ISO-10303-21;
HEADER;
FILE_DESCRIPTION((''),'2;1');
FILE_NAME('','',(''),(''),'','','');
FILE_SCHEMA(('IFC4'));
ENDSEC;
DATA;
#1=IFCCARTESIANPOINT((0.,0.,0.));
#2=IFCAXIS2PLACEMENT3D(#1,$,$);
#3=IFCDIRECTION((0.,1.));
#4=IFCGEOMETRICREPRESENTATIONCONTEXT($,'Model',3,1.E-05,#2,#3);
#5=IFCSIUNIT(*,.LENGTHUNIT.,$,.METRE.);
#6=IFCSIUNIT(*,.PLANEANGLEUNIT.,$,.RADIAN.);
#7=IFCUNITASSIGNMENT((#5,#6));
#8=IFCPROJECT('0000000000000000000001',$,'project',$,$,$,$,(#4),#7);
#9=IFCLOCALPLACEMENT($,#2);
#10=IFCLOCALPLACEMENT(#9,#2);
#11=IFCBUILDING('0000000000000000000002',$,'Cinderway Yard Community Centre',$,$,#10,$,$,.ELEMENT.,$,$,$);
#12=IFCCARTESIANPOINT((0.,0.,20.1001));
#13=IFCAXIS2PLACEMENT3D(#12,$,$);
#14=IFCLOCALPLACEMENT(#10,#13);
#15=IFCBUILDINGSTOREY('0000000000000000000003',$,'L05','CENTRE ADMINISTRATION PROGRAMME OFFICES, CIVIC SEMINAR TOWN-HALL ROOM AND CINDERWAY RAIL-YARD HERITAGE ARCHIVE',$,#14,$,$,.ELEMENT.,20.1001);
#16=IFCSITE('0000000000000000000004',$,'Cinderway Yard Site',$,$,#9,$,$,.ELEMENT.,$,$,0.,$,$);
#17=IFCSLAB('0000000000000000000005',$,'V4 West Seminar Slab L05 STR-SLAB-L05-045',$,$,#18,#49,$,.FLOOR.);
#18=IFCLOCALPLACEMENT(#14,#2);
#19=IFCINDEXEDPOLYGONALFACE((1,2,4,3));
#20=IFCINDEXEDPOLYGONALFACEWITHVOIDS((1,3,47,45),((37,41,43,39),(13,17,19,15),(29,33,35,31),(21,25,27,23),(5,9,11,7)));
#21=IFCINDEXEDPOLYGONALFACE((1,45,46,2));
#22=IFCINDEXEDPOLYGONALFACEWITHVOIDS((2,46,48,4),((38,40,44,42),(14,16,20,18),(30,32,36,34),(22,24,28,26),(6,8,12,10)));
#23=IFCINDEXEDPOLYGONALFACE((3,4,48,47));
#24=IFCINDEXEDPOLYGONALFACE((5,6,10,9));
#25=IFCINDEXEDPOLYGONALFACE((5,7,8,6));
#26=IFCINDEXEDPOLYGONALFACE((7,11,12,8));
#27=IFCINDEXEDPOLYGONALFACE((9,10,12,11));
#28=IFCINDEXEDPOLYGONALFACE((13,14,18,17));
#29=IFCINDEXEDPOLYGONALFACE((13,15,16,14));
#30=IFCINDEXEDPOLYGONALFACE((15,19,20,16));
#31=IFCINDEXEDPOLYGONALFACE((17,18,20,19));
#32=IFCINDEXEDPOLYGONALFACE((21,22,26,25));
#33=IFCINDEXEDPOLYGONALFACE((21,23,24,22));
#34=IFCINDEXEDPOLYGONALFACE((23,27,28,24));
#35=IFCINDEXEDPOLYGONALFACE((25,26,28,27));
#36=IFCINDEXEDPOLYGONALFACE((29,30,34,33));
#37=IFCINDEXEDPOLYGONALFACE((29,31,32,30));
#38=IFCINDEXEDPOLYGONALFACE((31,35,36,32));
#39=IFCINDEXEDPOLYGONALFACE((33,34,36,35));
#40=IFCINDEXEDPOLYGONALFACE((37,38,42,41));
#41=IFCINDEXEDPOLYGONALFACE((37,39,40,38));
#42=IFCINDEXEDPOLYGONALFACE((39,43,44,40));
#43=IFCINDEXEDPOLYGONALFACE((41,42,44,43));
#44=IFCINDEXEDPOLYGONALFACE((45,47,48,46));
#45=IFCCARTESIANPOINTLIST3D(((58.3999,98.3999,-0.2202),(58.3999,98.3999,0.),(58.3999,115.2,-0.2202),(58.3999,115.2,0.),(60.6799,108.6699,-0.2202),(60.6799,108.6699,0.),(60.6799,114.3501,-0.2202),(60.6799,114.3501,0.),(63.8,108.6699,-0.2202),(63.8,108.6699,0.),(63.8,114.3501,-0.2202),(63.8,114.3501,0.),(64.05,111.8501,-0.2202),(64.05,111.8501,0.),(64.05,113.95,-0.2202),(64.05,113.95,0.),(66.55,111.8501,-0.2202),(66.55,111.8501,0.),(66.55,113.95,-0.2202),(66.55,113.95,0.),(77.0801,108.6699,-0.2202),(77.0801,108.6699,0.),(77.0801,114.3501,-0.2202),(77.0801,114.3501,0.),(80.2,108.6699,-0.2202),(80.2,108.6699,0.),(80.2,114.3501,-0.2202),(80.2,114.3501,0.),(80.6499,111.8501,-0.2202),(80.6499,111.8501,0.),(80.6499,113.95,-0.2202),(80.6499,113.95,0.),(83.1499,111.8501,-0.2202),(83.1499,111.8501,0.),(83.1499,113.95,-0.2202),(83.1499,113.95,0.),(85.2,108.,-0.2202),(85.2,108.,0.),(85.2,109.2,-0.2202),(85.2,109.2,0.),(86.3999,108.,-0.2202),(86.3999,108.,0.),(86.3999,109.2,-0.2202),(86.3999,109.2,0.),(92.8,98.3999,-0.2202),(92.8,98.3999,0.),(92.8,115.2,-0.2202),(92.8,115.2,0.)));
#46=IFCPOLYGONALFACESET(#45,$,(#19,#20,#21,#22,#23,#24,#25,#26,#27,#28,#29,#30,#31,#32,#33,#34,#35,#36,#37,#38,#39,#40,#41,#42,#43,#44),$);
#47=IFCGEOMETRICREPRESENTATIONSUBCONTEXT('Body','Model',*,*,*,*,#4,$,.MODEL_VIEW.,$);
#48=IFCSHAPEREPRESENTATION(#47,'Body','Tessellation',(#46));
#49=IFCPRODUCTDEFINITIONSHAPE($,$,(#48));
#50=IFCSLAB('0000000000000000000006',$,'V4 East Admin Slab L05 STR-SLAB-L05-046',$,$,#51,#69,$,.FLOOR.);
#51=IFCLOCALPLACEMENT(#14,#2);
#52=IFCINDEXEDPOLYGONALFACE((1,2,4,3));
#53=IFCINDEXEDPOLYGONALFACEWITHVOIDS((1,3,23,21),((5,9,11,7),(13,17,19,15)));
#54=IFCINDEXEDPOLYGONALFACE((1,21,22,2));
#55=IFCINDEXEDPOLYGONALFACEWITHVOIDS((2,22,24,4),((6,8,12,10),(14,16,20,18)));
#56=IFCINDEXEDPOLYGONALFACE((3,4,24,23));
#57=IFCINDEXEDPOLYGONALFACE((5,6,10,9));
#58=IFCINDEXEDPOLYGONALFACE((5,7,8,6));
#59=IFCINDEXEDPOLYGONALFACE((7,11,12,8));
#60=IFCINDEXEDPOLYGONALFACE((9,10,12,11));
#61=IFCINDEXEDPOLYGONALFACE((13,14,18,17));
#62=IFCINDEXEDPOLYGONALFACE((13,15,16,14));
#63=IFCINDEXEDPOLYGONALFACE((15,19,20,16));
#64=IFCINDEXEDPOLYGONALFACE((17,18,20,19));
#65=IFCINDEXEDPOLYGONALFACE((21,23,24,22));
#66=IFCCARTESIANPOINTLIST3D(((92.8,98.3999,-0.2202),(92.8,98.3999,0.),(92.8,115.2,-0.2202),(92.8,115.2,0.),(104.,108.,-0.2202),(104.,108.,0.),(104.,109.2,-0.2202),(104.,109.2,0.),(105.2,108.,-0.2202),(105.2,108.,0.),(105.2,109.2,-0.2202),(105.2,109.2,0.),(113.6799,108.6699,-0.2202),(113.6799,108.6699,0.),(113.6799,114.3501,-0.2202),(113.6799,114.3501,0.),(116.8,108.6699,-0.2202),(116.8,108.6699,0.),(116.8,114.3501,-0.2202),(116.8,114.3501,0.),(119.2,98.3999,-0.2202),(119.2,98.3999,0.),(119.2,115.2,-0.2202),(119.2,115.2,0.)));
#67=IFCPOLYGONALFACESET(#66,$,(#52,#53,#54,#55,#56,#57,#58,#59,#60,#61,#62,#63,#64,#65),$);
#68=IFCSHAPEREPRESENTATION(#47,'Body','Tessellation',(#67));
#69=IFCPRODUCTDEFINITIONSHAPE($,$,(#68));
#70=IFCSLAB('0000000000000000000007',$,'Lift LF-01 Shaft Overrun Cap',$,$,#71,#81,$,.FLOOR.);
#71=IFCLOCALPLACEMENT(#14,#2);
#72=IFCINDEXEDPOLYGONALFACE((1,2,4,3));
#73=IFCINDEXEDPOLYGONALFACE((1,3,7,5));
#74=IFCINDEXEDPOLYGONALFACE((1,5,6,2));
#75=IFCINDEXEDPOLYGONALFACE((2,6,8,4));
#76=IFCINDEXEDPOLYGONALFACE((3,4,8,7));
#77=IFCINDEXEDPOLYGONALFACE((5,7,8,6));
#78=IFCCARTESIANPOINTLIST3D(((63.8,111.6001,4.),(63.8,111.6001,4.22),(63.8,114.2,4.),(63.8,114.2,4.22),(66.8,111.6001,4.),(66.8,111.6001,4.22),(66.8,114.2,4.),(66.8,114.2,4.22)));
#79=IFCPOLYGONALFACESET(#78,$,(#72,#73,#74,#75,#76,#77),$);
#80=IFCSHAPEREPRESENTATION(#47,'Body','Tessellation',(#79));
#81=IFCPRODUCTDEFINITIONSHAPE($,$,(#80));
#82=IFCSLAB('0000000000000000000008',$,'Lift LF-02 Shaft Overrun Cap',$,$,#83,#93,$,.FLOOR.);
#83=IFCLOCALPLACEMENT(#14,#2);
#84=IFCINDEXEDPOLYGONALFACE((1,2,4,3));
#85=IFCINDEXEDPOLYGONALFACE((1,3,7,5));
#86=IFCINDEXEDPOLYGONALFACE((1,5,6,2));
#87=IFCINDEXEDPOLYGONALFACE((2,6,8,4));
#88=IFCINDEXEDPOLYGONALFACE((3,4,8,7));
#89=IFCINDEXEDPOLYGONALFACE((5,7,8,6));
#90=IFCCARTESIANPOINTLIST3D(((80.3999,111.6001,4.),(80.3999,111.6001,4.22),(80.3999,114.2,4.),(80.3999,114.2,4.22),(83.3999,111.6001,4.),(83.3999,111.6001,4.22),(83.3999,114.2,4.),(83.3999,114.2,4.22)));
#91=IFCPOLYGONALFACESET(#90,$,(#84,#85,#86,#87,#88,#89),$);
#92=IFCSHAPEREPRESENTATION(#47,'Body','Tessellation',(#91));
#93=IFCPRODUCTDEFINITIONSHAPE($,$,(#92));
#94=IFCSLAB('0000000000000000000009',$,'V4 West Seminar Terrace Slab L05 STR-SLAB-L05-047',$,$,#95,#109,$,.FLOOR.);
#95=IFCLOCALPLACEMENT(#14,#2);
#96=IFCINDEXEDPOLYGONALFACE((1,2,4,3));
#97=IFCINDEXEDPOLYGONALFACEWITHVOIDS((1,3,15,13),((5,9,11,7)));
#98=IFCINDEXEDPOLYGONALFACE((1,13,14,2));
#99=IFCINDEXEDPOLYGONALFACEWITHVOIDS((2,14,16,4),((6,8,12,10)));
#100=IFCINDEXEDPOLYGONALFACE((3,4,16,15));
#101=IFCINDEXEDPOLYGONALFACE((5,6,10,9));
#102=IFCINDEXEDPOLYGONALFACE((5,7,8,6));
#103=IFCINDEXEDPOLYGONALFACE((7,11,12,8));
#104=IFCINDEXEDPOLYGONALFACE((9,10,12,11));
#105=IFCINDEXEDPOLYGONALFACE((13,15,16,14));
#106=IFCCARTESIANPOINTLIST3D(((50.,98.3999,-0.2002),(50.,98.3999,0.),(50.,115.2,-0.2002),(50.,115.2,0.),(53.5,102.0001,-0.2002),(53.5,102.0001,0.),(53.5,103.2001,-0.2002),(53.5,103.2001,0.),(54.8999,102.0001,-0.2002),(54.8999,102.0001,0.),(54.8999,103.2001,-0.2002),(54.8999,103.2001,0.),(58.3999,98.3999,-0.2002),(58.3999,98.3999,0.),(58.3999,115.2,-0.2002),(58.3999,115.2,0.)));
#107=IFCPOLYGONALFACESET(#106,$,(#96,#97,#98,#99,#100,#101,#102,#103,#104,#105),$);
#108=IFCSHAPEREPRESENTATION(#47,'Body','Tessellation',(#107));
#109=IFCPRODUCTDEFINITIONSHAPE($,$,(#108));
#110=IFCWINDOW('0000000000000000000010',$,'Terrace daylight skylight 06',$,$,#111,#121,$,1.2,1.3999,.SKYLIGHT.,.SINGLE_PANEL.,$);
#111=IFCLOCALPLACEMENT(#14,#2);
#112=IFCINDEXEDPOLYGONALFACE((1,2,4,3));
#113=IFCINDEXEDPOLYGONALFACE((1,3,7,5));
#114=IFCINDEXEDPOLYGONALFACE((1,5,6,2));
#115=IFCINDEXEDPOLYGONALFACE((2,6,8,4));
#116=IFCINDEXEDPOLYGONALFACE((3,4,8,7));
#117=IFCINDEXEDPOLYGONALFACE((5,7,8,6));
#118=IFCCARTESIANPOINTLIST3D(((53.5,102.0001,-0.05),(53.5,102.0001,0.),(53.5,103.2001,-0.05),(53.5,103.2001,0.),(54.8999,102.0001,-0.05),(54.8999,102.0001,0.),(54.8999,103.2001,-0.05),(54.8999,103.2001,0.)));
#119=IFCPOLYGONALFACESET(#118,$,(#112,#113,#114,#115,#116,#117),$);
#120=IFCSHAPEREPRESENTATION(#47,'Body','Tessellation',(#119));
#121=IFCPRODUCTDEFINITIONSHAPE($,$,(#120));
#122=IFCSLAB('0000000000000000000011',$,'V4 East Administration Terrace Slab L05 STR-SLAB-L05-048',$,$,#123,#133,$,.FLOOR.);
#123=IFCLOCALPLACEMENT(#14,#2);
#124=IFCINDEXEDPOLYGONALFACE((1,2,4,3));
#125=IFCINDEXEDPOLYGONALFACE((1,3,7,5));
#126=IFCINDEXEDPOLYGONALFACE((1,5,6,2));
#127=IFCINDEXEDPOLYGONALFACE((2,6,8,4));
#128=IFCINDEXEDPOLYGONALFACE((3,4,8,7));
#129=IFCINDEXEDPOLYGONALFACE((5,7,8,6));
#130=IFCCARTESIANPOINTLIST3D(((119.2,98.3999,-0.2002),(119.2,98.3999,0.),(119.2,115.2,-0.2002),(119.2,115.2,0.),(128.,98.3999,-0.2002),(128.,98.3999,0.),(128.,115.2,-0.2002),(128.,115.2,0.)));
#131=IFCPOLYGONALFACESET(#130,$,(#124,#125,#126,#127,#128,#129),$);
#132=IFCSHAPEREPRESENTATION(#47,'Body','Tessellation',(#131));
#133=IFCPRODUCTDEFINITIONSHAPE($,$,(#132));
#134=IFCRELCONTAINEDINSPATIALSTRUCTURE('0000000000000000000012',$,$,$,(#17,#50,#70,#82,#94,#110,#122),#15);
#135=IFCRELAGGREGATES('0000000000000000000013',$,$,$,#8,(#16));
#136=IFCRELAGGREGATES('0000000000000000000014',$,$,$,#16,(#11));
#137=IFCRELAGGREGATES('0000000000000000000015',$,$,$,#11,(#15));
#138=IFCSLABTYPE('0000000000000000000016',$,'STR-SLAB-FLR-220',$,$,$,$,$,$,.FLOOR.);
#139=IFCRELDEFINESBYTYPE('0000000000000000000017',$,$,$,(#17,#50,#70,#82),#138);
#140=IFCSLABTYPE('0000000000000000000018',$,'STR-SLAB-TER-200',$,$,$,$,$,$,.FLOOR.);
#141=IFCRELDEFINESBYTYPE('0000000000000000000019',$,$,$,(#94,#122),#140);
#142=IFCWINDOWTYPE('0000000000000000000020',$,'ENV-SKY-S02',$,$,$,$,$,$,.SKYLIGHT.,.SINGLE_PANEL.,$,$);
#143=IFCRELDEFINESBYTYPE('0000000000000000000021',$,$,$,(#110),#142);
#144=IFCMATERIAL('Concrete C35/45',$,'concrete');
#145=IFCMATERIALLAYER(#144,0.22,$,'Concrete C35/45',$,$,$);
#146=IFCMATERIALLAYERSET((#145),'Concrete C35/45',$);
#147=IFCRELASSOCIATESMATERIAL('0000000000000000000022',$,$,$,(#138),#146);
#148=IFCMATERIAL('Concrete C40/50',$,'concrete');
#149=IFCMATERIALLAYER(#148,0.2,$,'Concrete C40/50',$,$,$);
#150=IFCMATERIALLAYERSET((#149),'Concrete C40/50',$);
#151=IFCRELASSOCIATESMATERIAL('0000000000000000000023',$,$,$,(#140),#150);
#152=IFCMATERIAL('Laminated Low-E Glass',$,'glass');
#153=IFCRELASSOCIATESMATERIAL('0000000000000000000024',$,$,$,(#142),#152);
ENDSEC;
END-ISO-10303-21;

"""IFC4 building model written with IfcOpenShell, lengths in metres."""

from ifc_helpers import new_model, si_unit, direction, frame, origin, origin_2d, place, context, subcontext, project, spatial, polyline, rectangle, outline, extrude, material, layer, layer_set, type_object, element, fill, save


model = new_model("IFC4")

# Units and contexts
model_context = context("Model", 3, precision=1e-05, world=origin(), true_north=direction((0.0, 1.0)))
body_context = subcontext(model_context, "Body", "Model", "MODEL_VIEW")
ifc_project = project(units=[si_unit("LENGTHUNIT", "METRE"), si_unit("PLANEANGLEUNIT", "RADIAN")], contexts=[model_context])

# Site, building, storey
site_placement = place(None, origin())
site = spatial("IfcSite", under=ifc_project, at=site_placement, Name="Cinderway Yard Site", CompositionType="ELEMENT", RefElevation=0.0)
building_placement = place(site_placement, origin())
building = spatial("IfcBuilding", under=site, at=building_placement, Name="Cinderway Yard Community Centre", CompositionType="ELEMENT")
storey_placement = place(building_placement, frame((0.0, 0.0, 20.1001)))
storey = spatial("IfcBuildingStorey", under=building, at=storey_placement, Name="L05", Description="CENTRE ADMINISTRATION PROGRAMME OFFICES, CIVIC SEMINAR TOWN-HALL ROOM AND CINDERWAY RAIL-YARD HERITAGE ARCHIVE", CompositionType="ELEMENT", Elevation=20.1001)

# Shared definitions
ifc_material_1 = material(Name="Concrete C40/50", Category="concrete")

# Shared definitions
ifc_material_2 = material(Name="Concrete C35/45", Category="concrete")

# Shared definitions
ifc_material_3 = material(Name="Laminated Low-E Glass", Category="glass")

# Slabs
ifc_layer_1 = layer(ifc_material_2, 0.22, Name="Concrete C35/45")
ifc_layer_set_1 = layer_set([ifc_layer_1], Name="Concrete C35/45")
slab_type_1 = type_object("IfcSlabType", Name="STR-SLAB-FLR-220", PredefinedType="FLOOR", material=ifc_layer_set_1)
slab_1_placement = place(storey_placement, frame((0.0, 0.0, -0.2202)))
element("IfcSlab", 1, at=slab_1_placement, inside=storey, type_object=slab_type_1, Name="V4 West Seminar Slab L05 STR-SLAB-L05-045", PredefinedType="FLOOR", context=body_context, shape_type="SweptSolid", body=[
    extrude(outline(polyline([(58.3999, 98.3999), (92.8, 98.3999), (92.8, 115.2), (58.3999, 115.2), (58.3999, 98.3999)]), holes=[polyline([(63.8, 108.6699), (63.8, 114.3501), (60.6799, 114.3501), (60.6799, 108.6699), (63.8, 108.6699)]), polyline([(64.05, 111.8501), (66.55, 111.8501), (66.55, 113.95), (64.05, 113.95), (64.05, 111.8501)]), polyline([(80.2, 108.6699), (80.2, 114.3501), (77.0801, 114.3501), (77.0801, 108.6699), (80.2, 108.6699)]), polyline([(80.6499, 111.8501), (83.1499, 111.8501), (83.1499, 113.95), (80.6499, 113.95), (80.6499, 111.8501)]), polyline([(85.2, 108.0), (86.3999, 108.0), (86.3999, 109.2), (85.2, 109.2), (85.2, 108.0)])]), origin(), (0.0, 0.0, 1.0), 0.2202),
])
slab_2_placement = place(storey_placement, frame((0.0, 0.0, -0.2202)))
element("IfcSlab", 2, at=slab_2_placement, inside=storey, type_object=slab_type_1, Name="V4 East Admin Slab L05 STR-SLAB-L05-046", PredefinedType="FLOOR", context=body_context, shape_type="SweptSolid", body=[
    extrude(outline(polyline([(92.8, 98.3999), (119.2, 98.3999), (119.2, 115.2), (92.8, 115.2), (92.8, 98.3999)]), holes=[polyline([(116.8, 108.6699), (116.8, 114.3501), (113.6799, 114.3501), (113.6799, 108.6699), (116.8, 108.6699)]), polyline([(104.0, 108.0), (105.2, 108.0), (105.2, 109.2), (104.0, 109.2), (104.0, 108.0)])]), origin(), (0.0, 0.0, 1.0), 0.2202),
])
slab_3_placement = place(storey_placement, frame((0.0, 0.0, 4.0)))
element("IfcSlab", 3, at=slab_3_placement, inside=storey, type_object=slab_type_1, Name="Lift LF-01 Shaft Overrun Cap", PredefinedType="FLOOR", context=body_context, shape_type="SweptSolid", body=[
    extrude(outline(polyline([(63.8, 111.6001), (66.8, 111.6001), (66.8, 114.2), (63.8, 114.2), (63.8, 111.6001)])), origin(), (0.0, 0.0, 1.0), 0.22),
])
slab_4_placement = place(storey_placement, frame((0.0, 0.0, 4.0)))
element("IfcSlab", 4, at=slab_4_placement, inside=storey, type_object=slab_type_1, Name="Lift LF-02 Shaft Overrun Cap", PredefinedType="FLOOR", context=body_context, shape_type="SweptSolid", body=[
    extrude(outline(polyline([(80.3999, 111.6001), (83.3999, 111.6001), (83.3999, 114.2), (80.3999, 114.2), (80.3999, 111.6001)])), origin(), (0.0, 0.0, 1.0), 0.22),
])

# Slab, opening, window
ifc_layer_2 = layer(ifc_material_1, 0.2, Name="Concrete C40/50")
ifc_layer_set_2 = layer_set([ifc_layer_2], Name="Concrete C40/50")
slab_type_2 = type_object("IfcSlabType", Name="STR-SLAB-TER-200", PredefinedType="FLOOR", material=ifc_layer_set_2)
slab_5_placement = place(storey_placement, frame((0.0, 0.0, -0.2002)))
slab_5 = element("IfcSlab", 5, at=slab_5_placement, inside=storey, type_object=slab_type_2, Name="V4 West Seminar Terrace Slab L05 STR-SLAB-L05-047", PredefinedType="FLOOR", context=body_context, shape_type="SweptSolid", body=[
    extrude(outline(polyline([(50.0, 98.3999), (58.3999, 98.3999), (58.3999, 115.2), (50.0, 115.2), (50.0, 98.3999)])), origin(), (0.0, 0.0, 1.0), 0.2002),
])
opening_placement = place(slab_5_placement, frame((54.2, 102.6001, 0.0)))
opening = element("IfcOpeningElement", 6, at=opening_placement, cuts=slab_5, PredefinedType="OPENING", context=body_context, shape_type="SweptSolid", body=[
    extrude(rectangle(XDim=1.3999, YDim=1.2, at=origin_2d()), origin(), (0.0, 0.0, 1.0), 0.2002),
])
window_type = type_object("IfcWindowType", Name="ENV-SKY-S02", PartitioningType="SINGLE_PANEL", PredefinedType="SKYLIGHT", material=ifc_material_3)
window_placement = place(opening_placement, frame((0.0, 0.0, 0.1501)))
window = element("IfcWindow", 7, at=window_placement, inside=storey, type_object=window_type, Name="Terrace daylight skylight 06", OverallHeight=1.2, OverallWidth=1.3999, PartitioningType="SINGLE_PANEL", PredefinedType="SKYLIGHT", context=body_context, shape_type="SweptSolid", body=[
    extrude(rectangle(XDim=1.3999, YDim=1.2, at=origin_2d()), origin(), (0.0, 0.0, 1.0), 0.05),
])
fill(opening, window)

# Slab
slab_6_placement = place(storey_placement, frame((0.0, 0.0, -0.2002)))
element("IfcSlab", 8, at=slab_6_placement, inside=storey, type_object=slab_type_2, Name="V4 East Administration Terrace Slab L05 STR-SLAB-L05-048", PredefinedType="FLOOR", context=body_context, shape_type="SweptSolid", body=[
    extrude(outline(polyline([(119.2, 98.3999), (128.0, 98.3999), (128.0, 115.2), (119.2, 115.2), (119.2, 98.3999)])), origin(), (0.0, 0.0, 1.0), 0.2002),
])

save(model, "model.ifc")
